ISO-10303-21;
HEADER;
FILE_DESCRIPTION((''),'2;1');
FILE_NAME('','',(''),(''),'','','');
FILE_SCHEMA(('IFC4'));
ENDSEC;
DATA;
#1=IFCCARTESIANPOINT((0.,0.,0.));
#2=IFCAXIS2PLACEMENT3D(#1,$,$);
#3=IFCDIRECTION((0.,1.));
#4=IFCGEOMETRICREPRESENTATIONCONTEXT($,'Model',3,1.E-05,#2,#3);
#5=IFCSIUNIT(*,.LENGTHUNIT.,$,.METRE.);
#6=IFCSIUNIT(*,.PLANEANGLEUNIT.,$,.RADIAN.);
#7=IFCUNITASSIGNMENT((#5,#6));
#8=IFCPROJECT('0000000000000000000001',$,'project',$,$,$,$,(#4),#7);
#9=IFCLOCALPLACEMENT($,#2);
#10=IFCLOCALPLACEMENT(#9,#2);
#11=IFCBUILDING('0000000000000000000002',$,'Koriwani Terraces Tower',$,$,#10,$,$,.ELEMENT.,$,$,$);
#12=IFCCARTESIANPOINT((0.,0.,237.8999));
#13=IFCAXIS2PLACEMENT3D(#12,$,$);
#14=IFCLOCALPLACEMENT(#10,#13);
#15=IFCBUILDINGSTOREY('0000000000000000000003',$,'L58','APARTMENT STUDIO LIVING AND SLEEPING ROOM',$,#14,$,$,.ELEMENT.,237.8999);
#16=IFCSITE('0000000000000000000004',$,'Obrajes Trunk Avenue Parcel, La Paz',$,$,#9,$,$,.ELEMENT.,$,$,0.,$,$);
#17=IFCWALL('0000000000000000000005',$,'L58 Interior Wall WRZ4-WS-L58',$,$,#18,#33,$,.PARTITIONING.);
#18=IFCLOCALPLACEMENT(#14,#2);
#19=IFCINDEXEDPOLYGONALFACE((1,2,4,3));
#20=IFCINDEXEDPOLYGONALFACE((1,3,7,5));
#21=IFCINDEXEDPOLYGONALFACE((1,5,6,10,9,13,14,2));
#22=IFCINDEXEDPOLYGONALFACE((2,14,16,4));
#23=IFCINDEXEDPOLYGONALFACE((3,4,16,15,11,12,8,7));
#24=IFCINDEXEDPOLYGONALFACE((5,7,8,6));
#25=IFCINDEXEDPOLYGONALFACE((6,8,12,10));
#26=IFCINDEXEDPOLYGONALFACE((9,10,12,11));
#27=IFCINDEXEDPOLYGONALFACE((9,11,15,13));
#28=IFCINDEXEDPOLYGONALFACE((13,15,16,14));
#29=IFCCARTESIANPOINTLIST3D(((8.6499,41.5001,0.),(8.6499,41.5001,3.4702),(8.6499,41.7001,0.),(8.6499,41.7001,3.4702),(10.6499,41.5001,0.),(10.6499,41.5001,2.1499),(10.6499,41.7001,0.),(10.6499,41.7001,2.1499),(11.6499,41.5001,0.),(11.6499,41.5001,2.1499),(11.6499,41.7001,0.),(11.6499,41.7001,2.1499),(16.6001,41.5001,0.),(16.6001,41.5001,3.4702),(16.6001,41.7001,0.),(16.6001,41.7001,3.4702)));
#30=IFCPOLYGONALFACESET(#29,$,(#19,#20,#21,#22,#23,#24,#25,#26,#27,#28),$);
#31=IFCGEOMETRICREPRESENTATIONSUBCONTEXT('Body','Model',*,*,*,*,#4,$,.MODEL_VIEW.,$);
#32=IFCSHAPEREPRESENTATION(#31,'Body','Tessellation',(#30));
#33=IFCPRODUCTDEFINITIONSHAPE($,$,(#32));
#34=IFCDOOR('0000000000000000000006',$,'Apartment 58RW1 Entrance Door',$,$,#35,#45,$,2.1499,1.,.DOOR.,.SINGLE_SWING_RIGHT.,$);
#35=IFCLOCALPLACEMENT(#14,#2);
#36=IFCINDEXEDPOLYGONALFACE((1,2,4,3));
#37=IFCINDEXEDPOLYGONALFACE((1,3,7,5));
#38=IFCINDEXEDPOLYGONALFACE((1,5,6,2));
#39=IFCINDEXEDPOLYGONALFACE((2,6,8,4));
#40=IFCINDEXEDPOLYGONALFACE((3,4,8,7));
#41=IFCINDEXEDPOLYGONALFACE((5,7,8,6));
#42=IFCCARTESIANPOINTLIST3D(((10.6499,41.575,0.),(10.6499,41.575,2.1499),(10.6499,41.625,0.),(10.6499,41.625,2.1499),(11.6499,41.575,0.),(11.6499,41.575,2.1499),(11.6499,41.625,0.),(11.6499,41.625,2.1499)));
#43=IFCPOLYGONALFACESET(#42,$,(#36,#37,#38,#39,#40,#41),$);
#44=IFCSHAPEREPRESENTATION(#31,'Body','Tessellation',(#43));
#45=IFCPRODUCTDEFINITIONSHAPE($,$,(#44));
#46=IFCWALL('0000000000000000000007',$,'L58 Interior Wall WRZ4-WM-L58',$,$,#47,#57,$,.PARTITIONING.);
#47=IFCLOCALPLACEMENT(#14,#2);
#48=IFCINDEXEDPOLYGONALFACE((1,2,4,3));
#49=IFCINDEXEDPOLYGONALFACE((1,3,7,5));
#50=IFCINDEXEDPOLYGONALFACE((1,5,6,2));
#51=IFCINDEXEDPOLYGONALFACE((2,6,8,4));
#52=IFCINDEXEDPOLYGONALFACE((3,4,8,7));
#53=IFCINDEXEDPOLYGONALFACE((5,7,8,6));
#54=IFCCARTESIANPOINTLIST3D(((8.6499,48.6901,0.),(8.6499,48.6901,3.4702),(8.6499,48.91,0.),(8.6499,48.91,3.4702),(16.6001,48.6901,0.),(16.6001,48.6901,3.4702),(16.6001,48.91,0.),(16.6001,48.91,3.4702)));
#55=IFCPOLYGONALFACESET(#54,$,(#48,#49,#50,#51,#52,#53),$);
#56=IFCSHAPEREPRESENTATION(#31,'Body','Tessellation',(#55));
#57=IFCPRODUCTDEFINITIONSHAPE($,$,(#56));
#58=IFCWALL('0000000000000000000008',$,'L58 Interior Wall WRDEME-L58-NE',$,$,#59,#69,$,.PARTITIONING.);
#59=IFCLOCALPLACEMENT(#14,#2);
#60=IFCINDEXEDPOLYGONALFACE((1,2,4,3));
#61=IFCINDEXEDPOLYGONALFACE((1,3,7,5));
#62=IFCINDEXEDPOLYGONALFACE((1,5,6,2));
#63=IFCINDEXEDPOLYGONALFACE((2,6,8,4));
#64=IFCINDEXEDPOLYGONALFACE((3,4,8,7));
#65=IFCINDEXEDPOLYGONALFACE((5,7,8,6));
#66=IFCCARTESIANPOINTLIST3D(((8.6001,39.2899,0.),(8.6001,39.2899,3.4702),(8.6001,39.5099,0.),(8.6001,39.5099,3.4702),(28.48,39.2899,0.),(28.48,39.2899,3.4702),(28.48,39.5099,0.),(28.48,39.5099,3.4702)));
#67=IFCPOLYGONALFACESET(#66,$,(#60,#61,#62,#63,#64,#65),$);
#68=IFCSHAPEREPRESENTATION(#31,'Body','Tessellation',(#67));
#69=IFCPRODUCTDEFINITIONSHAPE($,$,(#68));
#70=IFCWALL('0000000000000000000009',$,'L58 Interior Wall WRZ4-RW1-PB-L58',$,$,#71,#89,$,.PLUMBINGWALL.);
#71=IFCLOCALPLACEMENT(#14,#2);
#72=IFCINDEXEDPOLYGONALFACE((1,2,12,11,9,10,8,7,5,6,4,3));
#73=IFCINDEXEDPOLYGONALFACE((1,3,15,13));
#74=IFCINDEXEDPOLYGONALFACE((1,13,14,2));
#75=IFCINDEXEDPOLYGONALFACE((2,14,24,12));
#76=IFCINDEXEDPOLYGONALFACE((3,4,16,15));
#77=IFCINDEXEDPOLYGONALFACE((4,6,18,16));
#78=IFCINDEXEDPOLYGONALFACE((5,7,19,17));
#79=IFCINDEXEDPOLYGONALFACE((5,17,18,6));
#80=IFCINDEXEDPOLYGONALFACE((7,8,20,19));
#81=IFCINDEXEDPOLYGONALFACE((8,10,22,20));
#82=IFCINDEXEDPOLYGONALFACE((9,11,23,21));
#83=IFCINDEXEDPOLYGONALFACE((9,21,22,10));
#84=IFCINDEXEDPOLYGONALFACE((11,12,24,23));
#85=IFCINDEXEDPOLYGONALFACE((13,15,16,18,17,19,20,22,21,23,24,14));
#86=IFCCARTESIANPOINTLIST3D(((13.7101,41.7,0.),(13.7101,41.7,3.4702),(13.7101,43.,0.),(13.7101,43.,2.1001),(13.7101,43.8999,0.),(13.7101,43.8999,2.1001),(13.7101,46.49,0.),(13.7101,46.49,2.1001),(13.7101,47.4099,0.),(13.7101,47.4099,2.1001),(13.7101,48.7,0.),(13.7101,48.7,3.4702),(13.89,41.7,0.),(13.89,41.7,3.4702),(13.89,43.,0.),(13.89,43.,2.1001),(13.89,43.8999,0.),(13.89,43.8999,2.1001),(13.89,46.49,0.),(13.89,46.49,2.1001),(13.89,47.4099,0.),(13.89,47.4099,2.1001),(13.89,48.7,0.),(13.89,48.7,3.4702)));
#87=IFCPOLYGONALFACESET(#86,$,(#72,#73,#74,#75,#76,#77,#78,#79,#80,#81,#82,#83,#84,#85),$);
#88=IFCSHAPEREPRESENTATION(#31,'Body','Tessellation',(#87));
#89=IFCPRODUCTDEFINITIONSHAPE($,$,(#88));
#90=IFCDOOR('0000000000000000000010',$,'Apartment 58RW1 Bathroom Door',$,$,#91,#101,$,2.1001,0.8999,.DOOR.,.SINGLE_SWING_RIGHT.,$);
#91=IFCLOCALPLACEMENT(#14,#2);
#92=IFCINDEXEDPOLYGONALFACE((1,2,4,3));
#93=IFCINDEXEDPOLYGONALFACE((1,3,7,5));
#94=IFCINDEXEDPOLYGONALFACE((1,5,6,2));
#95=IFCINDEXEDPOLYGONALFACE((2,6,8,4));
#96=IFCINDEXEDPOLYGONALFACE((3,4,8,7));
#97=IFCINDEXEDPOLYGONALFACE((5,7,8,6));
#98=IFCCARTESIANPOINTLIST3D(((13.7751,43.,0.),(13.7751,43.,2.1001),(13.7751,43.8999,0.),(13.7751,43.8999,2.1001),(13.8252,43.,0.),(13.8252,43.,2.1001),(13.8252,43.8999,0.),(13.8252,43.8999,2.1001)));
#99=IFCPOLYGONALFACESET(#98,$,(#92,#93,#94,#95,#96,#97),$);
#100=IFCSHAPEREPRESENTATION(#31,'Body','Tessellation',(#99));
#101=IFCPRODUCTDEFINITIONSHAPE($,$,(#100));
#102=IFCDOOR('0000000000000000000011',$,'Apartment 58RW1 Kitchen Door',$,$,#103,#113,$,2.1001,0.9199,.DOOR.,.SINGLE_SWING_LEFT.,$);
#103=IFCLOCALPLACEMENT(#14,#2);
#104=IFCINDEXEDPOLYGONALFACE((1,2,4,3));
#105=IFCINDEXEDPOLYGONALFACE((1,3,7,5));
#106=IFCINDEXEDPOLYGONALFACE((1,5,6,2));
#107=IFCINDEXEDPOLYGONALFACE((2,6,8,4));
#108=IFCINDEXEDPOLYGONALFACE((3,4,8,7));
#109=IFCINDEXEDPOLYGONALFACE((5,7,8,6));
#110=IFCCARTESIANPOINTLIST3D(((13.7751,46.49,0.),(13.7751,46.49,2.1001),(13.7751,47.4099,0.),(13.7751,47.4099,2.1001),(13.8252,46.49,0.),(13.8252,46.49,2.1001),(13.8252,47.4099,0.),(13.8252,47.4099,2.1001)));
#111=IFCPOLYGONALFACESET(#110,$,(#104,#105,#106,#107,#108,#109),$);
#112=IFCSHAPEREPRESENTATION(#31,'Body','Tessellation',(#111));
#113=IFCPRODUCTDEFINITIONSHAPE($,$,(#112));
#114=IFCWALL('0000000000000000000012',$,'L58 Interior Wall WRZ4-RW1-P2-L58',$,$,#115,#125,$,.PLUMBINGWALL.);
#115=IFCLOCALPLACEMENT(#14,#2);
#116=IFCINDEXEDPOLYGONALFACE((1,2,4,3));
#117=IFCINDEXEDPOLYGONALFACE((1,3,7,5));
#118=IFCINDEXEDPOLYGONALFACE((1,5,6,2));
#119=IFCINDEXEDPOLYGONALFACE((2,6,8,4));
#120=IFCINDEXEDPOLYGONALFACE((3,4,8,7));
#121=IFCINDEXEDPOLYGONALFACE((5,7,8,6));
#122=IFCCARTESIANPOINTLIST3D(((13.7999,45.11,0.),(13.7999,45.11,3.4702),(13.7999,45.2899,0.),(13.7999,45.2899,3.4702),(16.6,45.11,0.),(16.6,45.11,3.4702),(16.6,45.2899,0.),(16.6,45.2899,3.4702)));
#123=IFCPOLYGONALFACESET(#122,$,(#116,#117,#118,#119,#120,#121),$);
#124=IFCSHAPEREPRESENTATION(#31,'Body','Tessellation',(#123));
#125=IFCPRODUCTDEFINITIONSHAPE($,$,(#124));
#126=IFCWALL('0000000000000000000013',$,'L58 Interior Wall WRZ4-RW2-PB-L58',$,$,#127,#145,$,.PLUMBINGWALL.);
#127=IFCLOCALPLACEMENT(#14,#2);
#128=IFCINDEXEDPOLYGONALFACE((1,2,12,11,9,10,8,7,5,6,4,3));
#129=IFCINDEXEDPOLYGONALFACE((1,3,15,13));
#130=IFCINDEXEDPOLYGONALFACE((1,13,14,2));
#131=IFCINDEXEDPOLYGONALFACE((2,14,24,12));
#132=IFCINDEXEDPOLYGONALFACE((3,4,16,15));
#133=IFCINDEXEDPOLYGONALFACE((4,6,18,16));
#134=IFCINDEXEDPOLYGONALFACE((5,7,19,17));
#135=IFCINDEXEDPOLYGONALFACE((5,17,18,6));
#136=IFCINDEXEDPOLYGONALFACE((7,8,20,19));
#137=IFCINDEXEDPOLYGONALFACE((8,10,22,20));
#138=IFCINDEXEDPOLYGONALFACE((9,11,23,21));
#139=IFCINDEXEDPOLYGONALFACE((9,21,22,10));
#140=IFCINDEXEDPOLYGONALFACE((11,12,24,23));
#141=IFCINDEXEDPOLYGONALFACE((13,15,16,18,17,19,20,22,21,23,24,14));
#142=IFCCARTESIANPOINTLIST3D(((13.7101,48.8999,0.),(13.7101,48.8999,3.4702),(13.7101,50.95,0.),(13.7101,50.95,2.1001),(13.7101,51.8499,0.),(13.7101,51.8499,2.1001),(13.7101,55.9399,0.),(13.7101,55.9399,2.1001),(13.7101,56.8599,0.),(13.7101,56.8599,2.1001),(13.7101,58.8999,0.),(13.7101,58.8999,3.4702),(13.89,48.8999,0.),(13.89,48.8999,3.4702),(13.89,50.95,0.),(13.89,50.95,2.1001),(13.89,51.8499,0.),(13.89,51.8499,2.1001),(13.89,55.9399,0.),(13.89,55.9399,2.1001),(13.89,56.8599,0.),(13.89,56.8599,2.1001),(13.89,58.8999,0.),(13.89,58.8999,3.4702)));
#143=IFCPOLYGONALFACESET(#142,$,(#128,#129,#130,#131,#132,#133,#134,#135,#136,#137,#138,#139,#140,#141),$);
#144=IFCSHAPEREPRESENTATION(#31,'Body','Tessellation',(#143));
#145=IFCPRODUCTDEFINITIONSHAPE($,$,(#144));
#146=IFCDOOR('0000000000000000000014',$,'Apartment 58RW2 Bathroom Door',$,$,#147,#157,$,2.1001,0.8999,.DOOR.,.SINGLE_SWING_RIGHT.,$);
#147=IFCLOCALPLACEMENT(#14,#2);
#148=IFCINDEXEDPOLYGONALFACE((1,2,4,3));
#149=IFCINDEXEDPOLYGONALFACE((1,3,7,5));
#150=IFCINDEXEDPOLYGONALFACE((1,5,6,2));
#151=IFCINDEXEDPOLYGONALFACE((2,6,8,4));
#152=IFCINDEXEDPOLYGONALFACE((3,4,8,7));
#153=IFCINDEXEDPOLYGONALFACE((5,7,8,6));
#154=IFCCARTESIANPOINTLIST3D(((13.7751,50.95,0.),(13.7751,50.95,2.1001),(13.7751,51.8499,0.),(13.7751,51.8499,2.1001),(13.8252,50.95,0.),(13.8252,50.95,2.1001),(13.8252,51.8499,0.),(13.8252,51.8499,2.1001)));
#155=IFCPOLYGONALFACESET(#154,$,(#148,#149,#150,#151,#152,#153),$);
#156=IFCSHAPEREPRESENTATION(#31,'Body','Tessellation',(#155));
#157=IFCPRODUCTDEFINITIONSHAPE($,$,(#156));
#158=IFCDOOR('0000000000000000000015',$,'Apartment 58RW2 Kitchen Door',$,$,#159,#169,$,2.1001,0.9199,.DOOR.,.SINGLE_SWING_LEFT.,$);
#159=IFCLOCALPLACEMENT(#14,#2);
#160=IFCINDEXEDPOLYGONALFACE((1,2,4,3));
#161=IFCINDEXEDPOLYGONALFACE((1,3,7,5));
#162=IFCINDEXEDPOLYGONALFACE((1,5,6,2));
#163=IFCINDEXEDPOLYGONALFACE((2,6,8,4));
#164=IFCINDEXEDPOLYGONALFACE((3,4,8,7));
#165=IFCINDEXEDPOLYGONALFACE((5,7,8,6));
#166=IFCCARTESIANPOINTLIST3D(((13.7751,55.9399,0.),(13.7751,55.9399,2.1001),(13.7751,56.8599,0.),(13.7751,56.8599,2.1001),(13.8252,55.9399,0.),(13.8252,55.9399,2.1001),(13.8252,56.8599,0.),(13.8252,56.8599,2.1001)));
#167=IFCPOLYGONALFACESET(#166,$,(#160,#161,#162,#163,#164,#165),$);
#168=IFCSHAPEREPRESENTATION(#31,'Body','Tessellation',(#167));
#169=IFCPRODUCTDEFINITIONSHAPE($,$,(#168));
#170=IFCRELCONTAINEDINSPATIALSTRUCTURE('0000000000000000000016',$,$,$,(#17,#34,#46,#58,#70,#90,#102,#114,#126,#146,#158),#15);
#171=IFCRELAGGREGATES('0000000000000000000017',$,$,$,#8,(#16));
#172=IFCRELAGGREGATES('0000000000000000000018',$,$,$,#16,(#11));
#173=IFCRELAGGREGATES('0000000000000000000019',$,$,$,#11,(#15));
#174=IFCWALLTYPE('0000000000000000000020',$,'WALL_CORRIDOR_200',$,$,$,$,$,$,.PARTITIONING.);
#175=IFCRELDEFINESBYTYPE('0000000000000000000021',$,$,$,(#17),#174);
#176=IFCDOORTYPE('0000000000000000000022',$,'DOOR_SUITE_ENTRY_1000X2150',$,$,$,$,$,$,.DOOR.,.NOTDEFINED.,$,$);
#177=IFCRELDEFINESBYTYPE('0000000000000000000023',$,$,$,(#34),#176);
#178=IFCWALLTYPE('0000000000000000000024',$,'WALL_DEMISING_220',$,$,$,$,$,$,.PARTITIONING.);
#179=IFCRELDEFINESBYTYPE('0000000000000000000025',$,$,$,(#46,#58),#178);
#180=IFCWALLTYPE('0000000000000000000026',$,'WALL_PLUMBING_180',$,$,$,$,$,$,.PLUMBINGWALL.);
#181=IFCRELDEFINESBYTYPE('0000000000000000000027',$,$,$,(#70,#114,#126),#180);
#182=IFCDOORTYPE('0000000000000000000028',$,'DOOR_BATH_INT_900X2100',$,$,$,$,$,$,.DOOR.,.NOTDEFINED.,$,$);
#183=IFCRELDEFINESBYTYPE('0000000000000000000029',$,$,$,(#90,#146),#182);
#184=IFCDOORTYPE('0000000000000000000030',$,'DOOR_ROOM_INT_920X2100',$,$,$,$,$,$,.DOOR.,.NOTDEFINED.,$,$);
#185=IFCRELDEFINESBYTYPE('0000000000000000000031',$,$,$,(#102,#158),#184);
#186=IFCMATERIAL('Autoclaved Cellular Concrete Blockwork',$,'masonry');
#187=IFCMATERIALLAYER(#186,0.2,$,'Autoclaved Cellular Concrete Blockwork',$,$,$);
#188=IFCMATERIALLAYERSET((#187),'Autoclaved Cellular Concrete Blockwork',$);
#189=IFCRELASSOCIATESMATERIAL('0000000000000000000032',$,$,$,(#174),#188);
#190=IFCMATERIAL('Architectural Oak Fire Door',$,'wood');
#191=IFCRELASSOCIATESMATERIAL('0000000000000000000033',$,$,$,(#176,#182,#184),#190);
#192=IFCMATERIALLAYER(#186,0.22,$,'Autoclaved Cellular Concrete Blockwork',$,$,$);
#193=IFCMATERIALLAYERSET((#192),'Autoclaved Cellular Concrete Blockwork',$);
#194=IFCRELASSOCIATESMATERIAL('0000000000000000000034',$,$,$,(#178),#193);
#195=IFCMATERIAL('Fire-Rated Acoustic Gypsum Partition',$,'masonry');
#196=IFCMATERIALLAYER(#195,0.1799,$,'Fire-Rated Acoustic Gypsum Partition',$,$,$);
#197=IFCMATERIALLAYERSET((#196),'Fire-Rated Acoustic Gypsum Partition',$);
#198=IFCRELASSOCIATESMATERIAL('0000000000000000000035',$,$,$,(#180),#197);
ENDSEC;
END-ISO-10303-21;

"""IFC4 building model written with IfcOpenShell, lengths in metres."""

from ifc_helpers import new_model, si_unit, direction, frame, frame_2d, origin, place, context, subcontext, project, spatial, rectangle, extrude, material, layer, layer_set, type_object, element, fill, save


model = new_model("IFC4")

# Units and contexts
model_context = context("Model", 3, precision=1e-05, world=origin(), true_north=direction((0.0, 1.0)))
body_context = subcontext(model_context, "Body", "Model", "MODEL_VIEW")
ifc_project = project(units=[si_unit("LENGTHUNIT", "METRE"), si_unit("PLANEANGLEUNIT", "RADIAN")], contexts=[model_context])

# Site, building, storey
site_placement = place(None, origin())
site = spatial("IfcSite", under=ifc_project, at=site_placement, Name="Obrajes Trunk Avenue Parcel, La Paz", CompositionType="ELEMENT", RefElevation=0.0)
building_placement = place(site_placement, origin())
building = spatial("IfcBuilding", under=site, at=building_placement, Name="Koriwani Terraces Tower", CompositionType="ELEMENT")
storey_placement = place(building_placement, frame((0.0, 0.0, 237.8999)))
storey = spatial("IfcBuildingStorey", under=building, at=storey_placement, Name="L58", Description="APARTMENT STUDIO LIVING AND SLEEPING ROOM", CompositionType="ELEMENT", Elevation=237.8999)

# Wall, opening, door
ifc_material_1 = material(Name="Autoclaved Cellular Concrete Blockwork", Category="masonry")
ifc_layer_1 = layer(ifc_material_1, 0.2, Name="Autoclaved Cellular Concrete Blockwork")
ifc_layer_set_1 = layer_set([ifc_layer_1], Name="Autoclaved Cellular Concrete Blockwork")
wall_type_1 = type_object("IfcWallType", Name="WALL_CORRIDOR_200", PredefinedType="PARTITIONING", material=ifc_layer_set_1)
wall_1_placement = place(storey_placement, frame((8.6499, 41.6001, 0.0), z_axis=(0.0, 0.0, 1.0), x_axis=(1.0, 0.0, 0.0)))
wall_1 = element("IfcWall", 1, at=wall_1_placement, inside=storey, type_object=wall_type_1, Name="L58 Interior Wall WRZ4-WS-L58", PredefinedType="PARTITIONING", context=body_context, shape_type="SweptSolid", body=[
    extrude(rectangle(XDim=7.9502, YDim=0.2, at=frame_2d((3.9751, 0.0))), origin(), (0.0, 0.0, 1.0), 3.4702),
])
opening_1_placement = place(wall_1_placement, frame((2.0, 0.0, 0.0)))
opening_1 = element("IfcOpeningElement", 2, at=opening_1_placement, cuts=wall_1, PredefinedType="OPENING", context=body_context, shape_type="SweptSolid", body=[
    extrude(rectangle(XDim=1.0, YDim=2.1499, at=frame_2d((0.5, 1.075))), frame((0.0, 0.1099, 0.0), z_axis=(0.0, -1.0, 0.0), x_axis=(1.0, 0.0, 0.0)), (0.0, 0.0, 1.0), 0.22),
])
ifc_material_2 = material(Name="Architectural Oak Fire Door", Category="wood")
door_type_1 = type_object("IfcDoorType", Name="DOOR_SUITE_ENTRY_1000X2150", OperationType="NOTDEFINED", PredefinedType="DOOR", material=ifc_material_2)
door_1_placement = place(opening_1_placement, origin())
door_1 = element("IfcDoor", 3, at=door_1_placement, inside=storey, type_object=door_type_1, Name="Apartment 58RW1 Entrance Door", OperationType="SINGLE_SWING_RIGHT", OverallHeight=2.1499, OverallWidth=1.0, PredefinedType="DOOR", context=body_context, shape_type="SweptSolid", body=[
    extrude(rectangle(XDim=1.0, YDim=2.1499, at=frame_2d((0.5, 1.075))), frame((0.0, 0.0249, 0.0), z_axis=(0.0, -1.0, 0.0), x_axis=(1.0, 0.0, 0.0)), (0.0, 0.0, 1.0), 0.05),
])
fill(opening_1, door_1)

# Walls
ifc_layer_2 = layer(ifc_material_1, 0.22, Name="Autoclaved Cellular Concrete Blockwork")
ifc_layer_set_2 = layer_set([ifc_layer_2], Name="Autoclaved Cellular Concrete Blockwork")
wall_type_2 = type_object("IfcWallType", Name="WALL_DEMISING_220", PredefinedType="PARTITIONING", material=ifc_layer_set_2)
wall_2_placement = place(storey_placement, frame((8.6499, 48.8, 0.0), z_axis=(0.0, 0.0, 1.0), x_axis=(1.0, 0.0, 0.0)))
element("IfcWall", 4, at=wall_2_placement, inside=storey, type_object=wall_type_2, Name="L58 Interior Wall WRZ4-WM-L58", PredefinedType="PARTITIONING", context=body_context, shape_type="SweptSolid", body=[
    extrude(rectangle(XDim=7.9502, YDim=0.22, at=frame_2d((3.9751, 0.0))), origin(), (0.0, 0.0, 1.0), 3.4702),
])
wall_3_placement = place(storey_placement, frame((8.6001, 39.3999, 0.0), z_axis=(0.0, 0.0, 1.0), x_axis=(1.0, 0.0, 0.0)))
element("IfcWall", 5, at=wall_3_placement, inside=storey, type_object=wall_type_2, Name="L58 Interior Wall WRDEME-L58-NE", PredefinedType="PARTITIONING", context=body_context, shape_type="SweptSolid", body=[
    extrude(rectangle(XDim=19.8799, YDim=0.22, at=frame_2d((9.9399, 0.0))), origin(), (0.0, 0.0, 1.0), 3.4702),
])

# Wall, openings, doors
ifc_material_3 = material(Name="Fire-Rated Acoustic Gypsum Partition", Category="masonry")
ifc_layer_3 = layer(ifc_material_3, 0.1799, Name="Fire-Rated Acoustic Gypsum Partition")
ifc_layer_set_3 = layer_set([ifc_layer_3], Name="Fire-Rated Acoustic Gypsum Partition")
wall_type_3 = type_object("IfcWallType", Name="WALL_PLUMBING_180", PredefinedType="PLUMBINGWALL", material=ifc_layer_set_3)
wall_4_placement = place(storey_placement, frame((13.8, 41.7, 0.0), z_axis=(0.0, 0.0, 1.0), x_axis=(0.0, 1.0, 0.0)))
wall_4 = element("IfcWall", 6, at=wall_4_placement, inside=storey, type_object=wall_type_3, Name="L58 Interior Wall WRZ4-RW1-PB-L58", PredefinedType="PLUMBINGWALL", context=body_context, shape_type="SweptSolid", body=[
    extrude(rectangle(XDim=7.0, YDim=0.1799, at=frame_2d((3.5, 0.0))), origin(), (0.0, 0.0, 1.0), 3.4702),
])
opening_2_placement = place(wall_4_placement, frame((1.3, 0.0, 0.0)))
opening_2 = element("IfcOpeningElement", 7, at=opening_2_placement, cuts=wall_4, PredefinedType="OPENING", context=body_context, shape_type="SweptSolid", body=[
    extrude(rectangle(XDim=0.8999, YDim=2.1001, at=frame_2d((0.45, 1.05))), frame((0.0, 0.1001, 0.0), z_axis=(0.0, -1.0, 0.0), x_axis=(1.0, 0.0, 0.0)), (0.0, 0.0, 1.0), 0.2),
])
opening_3_placement = place(wall_4_placement, frame((4.79, 0.0, 0.0)))
opening_3 = element("IfcOpeningElement", 8, at=opening_3_placement, cuts=wall_4, PredefinedType="OPENING", context=body_context, shape_type="SweptSolid", body=[
    extrude(rectangle(XDim=0.9199, YDim=2.1001, at=frame_2d((0.46, 1.05))), frame((0.0, 0.1001, 0.0), z_axis=(0.0, -1.0, 0.0), x_axis=(1.0, 0.0, 0.0)), (0.0, 0.0, 1.0), 0.2),
])
door_type_2 = type_object("IfcDoorType", Name="DOOR_BATH_INT_900X2100", OperationType="NOTDEFINED", PredefinedType="DOOR", material=ifc_material_2)
door_2_placement = place(opening_2_placement, origin())
door_2 = element("IfcDoor", 9, at=door_2_placement, inside=storey, type_object=door_type_2, Name="Apartment 58RW1 Bathroom Door", OperationType="SINGLE_SWING_RIGHT", OverallHeight=2.1001, OverallWidth=0.8999, PredefinedType="DOOR", context=body_context, shape_type="SweptSolid", body=[
    extrude(rectangle(XDim=0.8999, YDim=2.1001, at=frame_2d((0.45, 1.05))), frame((0.0, 0.0249, 0.0), z_axis=(0.0, -1.0, 0.0), x_axis=(1.0, 0.0, 0.0)), (0.0, 0.0, 1.0), 0.05),
])
fill(opening_2, door_2)
door_type_3 = type_object("IfcDoorType", Name="DOOR_ROOM_INT_920X2100", OperationType="NOTDEFINED", PredefinedType="DOOR", material=ifc_material_2)
door_3_placement = place(opening_3_placement, origin())
door_3 = element("IfcDoor", 10, at=door_3_placement, inside=storey, type_object=door_type_3, Name="Apartment 58RW1 Kitchen Door", OperationType="SINGLE_SWING_LEFT", OverallHeight=2.1001, OverallWidth=0.9199, PredefinedType="DOOR", context=body_context, shape_type="SweptSolid", body=[
    extrude(rectangle(XDim=0.9199, YDim=2.1001, at=frame_2d((0.46, 1.05))), frame((0.0, 0.0249, 0.0), z_axis=(0.0, -1.0, 0.0), x_axis=(1.0, 0.0, 0.0)), (0.0, 0.0, 1.0), 0.05),
])
fill(opening_3, door_3)

# Wall
wall_5_placement = place(storey_placement, frame((13.8, 45.2, 0.0), z_axis=(0.0, 0.0, 1.0), x_axis=(1.0, 0.0, 0.0)))
element("IfcWall", 11, at=wall_5_placement, inside=storey, type_object=wall_type_3, Name="L58 Interior Wall WRZ4-RW1-P2-L58", PredefinedType="PLUMBINGWALL", context=body_context, shape_type="SweptSolid", body=[
    extrude(rectangle(XDim=2.8, YDim=0.1799, at=frame_2d((1.3999, 0.0))), origin(), (0.0, 0.0, 1.0), 3.4702),
])

# Wall, openings, doors
wall_6_placement = place(storey_placement, frame((13.8, 48.8999, 0.0), z_axis=(0.0, 0.0, 1.0), x_axis=(0.0, 1.0, 0.0)))
wall_6 = element("IfcWall", 12, at=wall_6_placement, inside=storey, type_object=wall_type_3, Name="L58 Interior Wall WRZ4-RW2-PB-L58", PredefinedType="PLUMBINGWALL", context=body_context, shape_type="SweptSolid", body=[
    extrude(rectangle(XDim=10.0, YDim=0.1799, at=frame_2d((5.0, 0.0))), origin(), (0.0, 0.0, 1.0), 3.4702),
])
opening_4_placement = place(wall_6_placement, frame((2.05, 0.0, 0.0)))
opening_4 = element("IfcOpeningElement", 13, at=opening_4_placement, cuts=wall_6, PredefinedType="OPENING", context=body_context, shape_type="SweptSolid", body=[
    extrude(rectangle(XDim=0.8999, YDim=2.1001, at=frame_2d((0.45, 1.05))), frame((0.0, 0.1001, 0.0), z_axis=(0.0, -1.0, 0.0), x_axis=(1.0, 0.0, 0.0)), (0.0, 0.0, 1.0), 0.2),
])
opening_5_placement = place(wall_6_placement, frame((7.04, 0.0, 0.0)))
opening_5 = element("IfcOpeningElement", 14, at=opening_5_placement, cuts=wall_6, PredefinedType="OPENING", context=body_context, shape_type="SweptSolid", body=[
    extrude(rectangle(XDim=0.9199, YDim=2.1001, at=frame_2d((0.46, 1.05))), frame((0.0, 0.1001, 0.0), z_axis=(0.0, -1.0, 0.0), x_axis=(1.0, 0.0, 0.0)), (0.0, 0.0, 1.0), 0.2),
])
door_4_placement = place(opening_4_placement, origin())
door_4 = element("IfcDoor", 15, at=door_4_placement, inside=storey, type_object=door_type_2, Name="Apartment 58RW2 Bathroom Door", OperationType="SINGLE_SWING_RIGHT", OverallHeight=2.1001, OverallWidth=0.8999, PredefinedType="DOOR", context=body_context, shape_type="SweptSolid", body=[
    extrude(rectangle(XDim=0.8999, YDim=2.1001, at=frame_2d((0.45, 1.05))), frame((0.0, 0.0249, 0.0), z_axis=(0.0, -1.0, 0.0), x_axis=(1.0, 0.0, 0.0)), (0.0, 0.0, 1.0), 0.05),
])
fill(opening_4, door_4)
door_5_placement = place(opening_5_placement, origin())
door_5 = element("IfcDoor", 16, at=door_5_placement, inside=storey, type_object=door_type_3, Name="Apartment 58RW2 Kitchen Door", OperationType="SINGLE_SWING_LEFT", OverallHeight=2.1001, OverallWidth=0.9199, PredefinedType="DOOR", context=body_context, shape_type="SweptSolid", body=[
    extrude(rectangle(XDim=0.9199, YDim=2.1001, at=frame_2d((0.46, 1.05))), frame((0.0, 0.0249, 0.0), z_axis=(0.0, -1.0, 0.0), x_axis=(1.0, 0.0, 0.0)), (0.0, 0.0, 1.0), 0.05),
])
fill(opening_5, door_5)

save(model, "model.ifc")
